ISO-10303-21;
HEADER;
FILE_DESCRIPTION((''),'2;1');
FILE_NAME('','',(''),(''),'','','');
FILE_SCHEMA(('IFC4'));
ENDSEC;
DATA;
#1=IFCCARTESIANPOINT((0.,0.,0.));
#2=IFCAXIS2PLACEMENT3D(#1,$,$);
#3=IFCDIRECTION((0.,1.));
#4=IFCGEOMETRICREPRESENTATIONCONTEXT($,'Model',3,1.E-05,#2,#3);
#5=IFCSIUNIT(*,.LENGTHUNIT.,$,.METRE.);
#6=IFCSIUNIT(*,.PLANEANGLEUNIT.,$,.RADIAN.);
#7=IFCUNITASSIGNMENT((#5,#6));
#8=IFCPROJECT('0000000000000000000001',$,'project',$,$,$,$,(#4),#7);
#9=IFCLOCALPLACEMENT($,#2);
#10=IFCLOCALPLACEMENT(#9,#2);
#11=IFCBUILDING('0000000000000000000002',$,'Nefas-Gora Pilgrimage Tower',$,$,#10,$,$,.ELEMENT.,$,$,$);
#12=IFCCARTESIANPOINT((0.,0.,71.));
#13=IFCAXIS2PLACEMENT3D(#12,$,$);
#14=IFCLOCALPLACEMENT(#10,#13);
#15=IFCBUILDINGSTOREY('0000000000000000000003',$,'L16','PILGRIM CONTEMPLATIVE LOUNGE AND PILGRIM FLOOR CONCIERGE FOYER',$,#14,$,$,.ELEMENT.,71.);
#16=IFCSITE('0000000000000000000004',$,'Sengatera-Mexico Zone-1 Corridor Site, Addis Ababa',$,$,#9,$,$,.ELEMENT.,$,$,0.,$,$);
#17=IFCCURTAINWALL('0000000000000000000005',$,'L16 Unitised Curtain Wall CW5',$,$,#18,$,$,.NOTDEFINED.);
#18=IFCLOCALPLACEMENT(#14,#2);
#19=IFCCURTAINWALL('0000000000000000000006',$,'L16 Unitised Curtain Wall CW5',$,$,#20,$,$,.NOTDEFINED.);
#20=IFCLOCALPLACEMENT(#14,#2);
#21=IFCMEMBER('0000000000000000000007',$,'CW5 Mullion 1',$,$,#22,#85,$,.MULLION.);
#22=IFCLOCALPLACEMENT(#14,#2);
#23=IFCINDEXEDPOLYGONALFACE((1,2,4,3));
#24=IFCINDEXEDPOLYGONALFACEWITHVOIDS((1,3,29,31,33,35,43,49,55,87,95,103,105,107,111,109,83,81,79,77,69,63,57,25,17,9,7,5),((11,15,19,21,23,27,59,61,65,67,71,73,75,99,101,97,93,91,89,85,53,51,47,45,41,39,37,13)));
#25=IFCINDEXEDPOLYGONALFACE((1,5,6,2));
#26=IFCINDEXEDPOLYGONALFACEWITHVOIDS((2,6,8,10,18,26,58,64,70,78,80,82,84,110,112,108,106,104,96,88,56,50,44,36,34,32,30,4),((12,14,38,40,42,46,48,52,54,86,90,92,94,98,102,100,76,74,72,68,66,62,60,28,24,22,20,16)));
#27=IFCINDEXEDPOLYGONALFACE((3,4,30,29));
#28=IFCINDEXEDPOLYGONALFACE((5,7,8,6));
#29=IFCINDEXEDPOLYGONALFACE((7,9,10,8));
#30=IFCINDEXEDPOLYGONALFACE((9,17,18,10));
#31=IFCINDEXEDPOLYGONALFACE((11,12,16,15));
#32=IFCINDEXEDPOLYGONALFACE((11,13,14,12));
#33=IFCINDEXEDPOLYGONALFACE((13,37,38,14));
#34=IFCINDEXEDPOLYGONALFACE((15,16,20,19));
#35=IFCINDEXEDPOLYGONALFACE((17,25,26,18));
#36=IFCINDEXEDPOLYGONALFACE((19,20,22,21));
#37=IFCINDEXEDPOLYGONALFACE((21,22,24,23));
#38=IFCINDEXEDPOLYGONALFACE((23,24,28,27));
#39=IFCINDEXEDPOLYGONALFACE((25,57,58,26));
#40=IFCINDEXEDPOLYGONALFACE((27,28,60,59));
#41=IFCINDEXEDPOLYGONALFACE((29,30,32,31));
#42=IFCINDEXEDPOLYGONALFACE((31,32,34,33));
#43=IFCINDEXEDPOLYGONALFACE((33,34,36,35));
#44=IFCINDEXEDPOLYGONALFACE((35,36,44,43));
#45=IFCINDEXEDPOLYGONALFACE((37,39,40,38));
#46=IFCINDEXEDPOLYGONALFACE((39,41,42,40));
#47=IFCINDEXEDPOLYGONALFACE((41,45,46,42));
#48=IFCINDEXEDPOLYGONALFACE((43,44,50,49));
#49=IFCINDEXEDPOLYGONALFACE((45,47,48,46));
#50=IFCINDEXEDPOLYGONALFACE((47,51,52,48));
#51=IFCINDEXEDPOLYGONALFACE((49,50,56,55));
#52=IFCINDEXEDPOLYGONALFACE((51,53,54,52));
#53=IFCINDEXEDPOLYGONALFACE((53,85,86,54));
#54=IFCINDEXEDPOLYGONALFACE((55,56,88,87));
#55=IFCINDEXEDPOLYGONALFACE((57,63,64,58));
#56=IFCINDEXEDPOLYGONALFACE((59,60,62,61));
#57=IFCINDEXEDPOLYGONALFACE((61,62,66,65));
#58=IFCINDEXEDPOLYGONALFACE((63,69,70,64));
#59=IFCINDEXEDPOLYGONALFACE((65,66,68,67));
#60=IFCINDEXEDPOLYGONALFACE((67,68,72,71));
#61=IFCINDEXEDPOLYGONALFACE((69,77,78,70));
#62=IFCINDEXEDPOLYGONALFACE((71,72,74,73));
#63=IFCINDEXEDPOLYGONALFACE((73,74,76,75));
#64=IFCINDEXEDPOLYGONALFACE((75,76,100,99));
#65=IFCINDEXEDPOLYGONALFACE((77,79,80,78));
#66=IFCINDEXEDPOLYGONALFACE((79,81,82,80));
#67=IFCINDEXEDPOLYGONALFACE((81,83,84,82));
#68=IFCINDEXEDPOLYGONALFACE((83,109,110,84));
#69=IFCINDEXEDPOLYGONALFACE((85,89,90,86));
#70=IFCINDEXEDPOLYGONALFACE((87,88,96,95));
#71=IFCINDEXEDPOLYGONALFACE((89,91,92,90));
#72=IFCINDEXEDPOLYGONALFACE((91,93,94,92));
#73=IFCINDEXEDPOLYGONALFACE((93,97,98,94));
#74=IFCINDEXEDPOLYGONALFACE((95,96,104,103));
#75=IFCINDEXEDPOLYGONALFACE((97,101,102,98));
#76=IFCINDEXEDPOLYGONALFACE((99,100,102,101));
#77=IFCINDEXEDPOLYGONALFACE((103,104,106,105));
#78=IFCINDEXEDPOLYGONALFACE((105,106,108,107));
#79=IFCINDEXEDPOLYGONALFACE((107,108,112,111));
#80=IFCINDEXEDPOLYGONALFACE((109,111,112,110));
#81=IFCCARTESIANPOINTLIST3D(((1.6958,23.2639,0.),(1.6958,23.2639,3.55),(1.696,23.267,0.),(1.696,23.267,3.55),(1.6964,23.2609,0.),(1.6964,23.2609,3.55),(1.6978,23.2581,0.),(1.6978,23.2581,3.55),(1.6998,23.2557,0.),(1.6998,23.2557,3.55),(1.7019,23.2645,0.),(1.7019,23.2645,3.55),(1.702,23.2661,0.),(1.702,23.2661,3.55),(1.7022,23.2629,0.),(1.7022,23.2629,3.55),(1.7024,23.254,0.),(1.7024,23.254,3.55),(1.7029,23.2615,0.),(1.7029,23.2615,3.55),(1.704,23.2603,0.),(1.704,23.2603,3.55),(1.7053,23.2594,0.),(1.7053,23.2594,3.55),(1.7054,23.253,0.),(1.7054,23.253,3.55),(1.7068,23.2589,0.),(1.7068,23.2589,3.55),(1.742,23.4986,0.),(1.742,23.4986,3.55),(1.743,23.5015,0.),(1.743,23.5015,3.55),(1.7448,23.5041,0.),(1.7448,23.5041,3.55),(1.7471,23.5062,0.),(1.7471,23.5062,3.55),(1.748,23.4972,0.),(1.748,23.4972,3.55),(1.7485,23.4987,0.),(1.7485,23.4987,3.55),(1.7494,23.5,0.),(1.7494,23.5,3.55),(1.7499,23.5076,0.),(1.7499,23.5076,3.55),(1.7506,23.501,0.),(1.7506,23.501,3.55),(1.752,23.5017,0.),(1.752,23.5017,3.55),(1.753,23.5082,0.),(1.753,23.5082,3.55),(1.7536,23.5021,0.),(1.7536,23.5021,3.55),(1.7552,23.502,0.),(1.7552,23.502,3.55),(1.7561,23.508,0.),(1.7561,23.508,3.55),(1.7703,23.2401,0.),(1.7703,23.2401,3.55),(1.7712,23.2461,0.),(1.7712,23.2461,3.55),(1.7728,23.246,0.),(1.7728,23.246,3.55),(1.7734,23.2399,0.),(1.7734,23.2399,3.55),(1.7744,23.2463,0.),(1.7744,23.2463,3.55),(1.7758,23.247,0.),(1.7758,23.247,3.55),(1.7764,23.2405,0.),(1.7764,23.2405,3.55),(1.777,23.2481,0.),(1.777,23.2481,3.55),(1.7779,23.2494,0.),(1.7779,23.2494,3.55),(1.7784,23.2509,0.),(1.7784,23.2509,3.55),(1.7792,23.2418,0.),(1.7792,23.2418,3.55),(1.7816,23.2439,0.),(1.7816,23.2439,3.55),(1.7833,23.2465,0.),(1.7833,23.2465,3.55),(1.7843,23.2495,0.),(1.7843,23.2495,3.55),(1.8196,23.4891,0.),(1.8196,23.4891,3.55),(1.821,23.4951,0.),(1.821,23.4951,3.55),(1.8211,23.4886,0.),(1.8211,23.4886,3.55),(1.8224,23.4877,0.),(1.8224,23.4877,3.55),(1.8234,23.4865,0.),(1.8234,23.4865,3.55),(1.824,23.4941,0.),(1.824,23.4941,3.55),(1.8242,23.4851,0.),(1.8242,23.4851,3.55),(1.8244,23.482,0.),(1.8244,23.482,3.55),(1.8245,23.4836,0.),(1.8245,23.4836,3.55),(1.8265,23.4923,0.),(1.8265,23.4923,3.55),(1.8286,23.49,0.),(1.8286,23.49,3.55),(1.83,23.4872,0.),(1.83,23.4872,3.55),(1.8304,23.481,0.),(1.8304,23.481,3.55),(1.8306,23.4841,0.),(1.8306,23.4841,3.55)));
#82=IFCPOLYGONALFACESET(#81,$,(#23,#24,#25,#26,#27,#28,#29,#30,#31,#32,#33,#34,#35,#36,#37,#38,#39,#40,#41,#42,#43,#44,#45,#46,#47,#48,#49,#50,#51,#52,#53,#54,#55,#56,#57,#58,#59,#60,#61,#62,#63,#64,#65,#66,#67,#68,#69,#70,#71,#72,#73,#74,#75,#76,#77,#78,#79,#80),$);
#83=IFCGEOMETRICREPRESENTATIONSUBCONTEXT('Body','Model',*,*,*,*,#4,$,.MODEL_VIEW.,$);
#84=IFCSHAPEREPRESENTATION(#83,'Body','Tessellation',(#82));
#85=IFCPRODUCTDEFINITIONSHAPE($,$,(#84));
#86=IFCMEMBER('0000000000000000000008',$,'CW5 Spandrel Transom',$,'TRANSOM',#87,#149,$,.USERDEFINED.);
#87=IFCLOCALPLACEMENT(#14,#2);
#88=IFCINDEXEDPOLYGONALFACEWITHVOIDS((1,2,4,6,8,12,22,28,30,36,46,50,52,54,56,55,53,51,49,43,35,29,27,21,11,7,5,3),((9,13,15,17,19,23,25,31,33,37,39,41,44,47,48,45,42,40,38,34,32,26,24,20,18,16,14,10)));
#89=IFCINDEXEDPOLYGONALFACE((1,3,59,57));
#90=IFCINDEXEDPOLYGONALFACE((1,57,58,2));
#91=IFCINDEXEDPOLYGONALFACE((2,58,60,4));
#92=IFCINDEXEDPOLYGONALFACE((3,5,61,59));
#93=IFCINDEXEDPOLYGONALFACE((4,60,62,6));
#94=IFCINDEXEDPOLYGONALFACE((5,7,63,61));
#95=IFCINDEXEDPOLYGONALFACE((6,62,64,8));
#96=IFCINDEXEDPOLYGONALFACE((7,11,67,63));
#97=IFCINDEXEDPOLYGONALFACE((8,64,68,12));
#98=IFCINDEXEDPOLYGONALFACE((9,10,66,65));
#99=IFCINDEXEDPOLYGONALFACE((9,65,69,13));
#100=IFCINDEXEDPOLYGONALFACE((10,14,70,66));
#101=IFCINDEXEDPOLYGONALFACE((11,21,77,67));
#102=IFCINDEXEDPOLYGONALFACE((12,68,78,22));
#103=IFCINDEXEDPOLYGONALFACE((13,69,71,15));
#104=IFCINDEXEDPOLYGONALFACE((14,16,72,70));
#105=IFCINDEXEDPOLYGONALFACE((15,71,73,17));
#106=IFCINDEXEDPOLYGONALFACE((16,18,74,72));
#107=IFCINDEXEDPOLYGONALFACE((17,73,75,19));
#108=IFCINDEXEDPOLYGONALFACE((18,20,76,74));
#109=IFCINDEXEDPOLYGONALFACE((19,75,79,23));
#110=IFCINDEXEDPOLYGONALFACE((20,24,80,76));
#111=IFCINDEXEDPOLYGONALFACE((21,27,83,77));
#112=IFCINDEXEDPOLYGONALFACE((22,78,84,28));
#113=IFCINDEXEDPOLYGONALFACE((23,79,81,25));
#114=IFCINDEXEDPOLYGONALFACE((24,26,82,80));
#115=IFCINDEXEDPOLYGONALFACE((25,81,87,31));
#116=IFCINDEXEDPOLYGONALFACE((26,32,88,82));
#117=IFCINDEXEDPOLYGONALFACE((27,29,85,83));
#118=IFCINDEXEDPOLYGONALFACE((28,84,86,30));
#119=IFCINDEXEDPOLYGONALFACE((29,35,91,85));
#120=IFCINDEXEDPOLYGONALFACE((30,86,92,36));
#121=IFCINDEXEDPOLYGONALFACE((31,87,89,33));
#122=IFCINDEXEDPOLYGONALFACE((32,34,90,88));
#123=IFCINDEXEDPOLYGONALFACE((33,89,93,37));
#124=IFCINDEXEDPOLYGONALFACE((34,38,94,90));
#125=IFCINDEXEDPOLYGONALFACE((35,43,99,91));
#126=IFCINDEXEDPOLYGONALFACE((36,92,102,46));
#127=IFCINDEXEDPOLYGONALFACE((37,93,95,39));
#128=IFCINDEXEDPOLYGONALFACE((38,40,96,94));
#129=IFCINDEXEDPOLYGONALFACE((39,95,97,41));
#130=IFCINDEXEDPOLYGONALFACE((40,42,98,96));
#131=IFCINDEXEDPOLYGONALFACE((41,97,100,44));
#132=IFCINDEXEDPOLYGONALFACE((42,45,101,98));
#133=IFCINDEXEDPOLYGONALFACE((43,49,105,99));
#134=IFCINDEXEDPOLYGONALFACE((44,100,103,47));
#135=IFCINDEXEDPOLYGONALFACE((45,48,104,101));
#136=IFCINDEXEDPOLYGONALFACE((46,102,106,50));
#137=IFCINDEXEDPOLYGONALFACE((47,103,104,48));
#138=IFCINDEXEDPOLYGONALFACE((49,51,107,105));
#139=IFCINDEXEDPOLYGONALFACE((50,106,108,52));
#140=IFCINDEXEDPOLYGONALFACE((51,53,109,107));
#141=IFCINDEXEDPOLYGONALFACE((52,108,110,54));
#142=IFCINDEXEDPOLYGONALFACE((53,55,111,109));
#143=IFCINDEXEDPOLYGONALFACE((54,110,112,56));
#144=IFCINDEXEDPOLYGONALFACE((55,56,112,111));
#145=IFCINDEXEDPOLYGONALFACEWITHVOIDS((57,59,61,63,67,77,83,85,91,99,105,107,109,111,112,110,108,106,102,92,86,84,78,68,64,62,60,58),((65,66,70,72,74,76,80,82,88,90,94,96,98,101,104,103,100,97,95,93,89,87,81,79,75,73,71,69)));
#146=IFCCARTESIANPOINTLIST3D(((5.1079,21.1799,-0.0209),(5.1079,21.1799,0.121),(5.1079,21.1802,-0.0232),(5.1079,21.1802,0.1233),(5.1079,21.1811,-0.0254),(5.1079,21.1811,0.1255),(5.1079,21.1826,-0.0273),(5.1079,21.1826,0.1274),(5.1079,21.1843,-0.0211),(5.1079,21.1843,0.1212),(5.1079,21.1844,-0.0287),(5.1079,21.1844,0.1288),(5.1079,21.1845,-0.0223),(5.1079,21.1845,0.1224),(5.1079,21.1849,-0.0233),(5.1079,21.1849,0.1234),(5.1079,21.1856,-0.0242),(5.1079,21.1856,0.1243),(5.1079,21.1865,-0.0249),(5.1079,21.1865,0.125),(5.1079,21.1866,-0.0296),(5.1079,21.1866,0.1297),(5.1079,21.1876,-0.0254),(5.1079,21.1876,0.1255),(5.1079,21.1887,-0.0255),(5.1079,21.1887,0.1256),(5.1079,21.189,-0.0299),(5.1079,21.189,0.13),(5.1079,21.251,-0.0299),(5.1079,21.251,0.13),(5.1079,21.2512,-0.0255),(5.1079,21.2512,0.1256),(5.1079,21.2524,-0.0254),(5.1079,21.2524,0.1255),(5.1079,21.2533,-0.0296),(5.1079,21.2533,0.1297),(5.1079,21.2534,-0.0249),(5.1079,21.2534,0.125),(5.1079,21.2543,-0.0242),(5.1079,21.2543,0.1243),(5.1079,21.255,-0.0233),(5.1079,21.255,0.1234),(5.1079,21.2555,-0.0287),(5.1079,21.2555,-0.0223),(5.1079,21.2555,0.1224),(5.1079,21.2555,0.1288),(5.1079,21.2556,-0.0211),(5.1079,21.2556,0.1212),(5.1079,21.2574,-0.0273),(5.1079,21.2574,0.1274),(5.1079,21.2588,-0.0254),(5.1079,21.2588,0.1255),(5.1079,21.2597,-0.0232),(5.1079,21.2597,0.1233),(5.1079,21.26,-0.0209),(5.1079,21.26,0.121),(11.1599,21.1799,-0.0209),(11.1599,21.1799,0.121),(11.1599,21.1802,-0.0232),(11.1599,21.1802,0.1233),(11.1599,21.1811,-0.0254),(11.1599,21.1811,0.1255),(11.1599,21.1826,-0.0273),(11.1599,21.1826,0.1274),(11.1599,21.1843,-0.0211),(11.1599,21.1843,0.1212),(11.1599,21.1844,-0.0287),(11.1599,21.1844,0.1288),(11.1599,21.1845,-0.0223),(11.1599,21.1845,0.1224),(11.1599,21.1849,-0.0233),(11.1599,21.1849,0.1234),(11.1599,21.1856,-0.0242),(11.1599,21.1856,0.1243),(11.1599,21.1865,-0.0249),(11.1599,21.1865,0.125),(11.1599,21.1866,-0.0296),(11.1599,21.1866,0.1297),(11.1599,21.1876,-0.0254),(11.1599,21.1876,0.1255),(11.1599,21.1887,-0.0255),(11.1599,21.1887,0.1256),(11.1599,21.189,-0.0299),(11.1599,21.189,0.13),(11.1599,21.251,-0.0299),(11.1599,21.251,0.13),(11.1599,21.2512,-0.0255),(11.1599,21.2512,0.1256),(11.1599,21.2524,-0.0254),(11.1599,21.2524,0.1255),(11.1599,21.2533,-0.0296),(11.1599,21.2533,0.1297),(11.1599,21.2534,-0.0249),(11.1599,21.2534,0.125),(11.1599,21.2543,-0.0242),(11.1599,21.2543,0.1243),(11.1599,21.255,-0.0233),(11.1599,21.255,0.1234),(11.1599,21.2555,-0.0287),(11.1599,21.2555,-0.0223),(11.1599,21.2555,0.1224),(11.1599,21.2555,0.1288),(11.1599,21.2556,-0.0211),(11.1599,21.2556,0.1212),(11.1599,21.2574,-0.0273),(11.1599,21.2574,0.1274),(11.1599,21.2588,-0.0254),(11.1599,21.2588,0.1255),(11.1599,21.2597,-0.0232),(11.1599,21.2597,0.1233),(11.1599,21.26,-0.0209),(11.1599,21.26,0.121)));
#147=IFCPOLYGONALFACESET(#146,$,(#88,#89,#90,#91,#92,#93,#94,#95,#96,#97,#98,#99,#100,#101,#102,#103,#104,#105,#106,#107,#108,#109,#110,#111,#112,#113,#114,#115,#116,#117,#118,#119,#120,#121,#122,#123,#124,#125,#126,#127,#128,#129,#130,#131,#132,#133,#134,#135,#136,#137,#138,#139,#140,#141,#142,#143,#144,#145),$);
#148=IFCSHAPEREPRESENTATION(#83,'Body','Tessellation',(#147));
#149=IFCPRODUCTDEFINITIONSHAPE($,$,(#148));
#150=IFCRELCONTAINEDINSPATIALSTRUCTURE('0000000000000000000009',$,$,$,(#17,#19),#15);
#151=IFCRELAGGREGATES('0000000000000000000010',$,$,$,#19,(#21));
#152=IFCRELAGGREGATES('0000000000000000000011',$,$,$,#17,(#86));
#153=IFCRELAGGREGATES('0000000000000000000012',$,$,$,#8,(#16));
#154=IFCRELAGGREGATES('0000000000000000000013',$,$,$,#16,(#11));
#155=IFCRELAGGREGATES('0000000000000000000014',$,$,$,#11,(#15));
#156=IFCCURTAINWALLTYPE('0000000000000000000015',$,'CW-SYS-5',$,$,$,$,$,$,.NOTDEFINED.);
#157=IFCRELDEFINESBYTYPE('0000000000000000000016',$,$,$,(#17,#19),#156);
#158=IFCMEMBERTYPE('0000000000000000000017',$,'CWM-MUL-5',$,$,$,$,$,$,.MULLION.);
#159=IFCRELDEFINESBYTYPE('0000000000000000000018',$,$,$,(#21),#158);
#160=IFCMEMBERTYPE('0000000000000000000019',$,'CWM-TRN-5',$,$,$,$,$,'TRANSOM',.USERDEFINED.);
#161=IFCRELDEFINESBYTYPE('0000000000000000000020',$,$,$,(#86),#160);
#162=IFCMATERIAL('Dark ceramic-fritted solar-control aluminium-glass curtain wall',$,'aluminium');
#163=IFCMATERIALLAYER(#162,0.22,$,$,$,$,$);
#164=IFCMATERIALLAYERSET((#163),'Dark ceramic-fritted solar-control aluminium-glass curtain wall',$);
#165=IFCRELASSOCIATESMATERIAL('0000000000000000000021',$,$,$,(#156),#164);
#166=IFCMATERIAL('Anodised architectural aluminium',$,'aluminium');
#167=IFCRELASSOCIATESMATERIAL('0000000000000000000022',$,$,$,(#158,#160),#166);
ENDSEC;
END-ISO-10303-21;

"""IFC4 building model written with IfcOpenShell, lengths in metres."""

from ifc_helpers import new_model, si_unit, direction, frame, origin, origin_2d, place, context, subcontext, project, spatial, hollow_rectangle, extrude, source, transform, mapped, material, layer, layer_set, material_profile, profile_set, type_object, element, aggregate, save


model = new_model("IFC4")

# Units and contexts
model_context = context("Model", 3, precision=1e-05, world=origin(), true_north=direction((0.0, 1.0)))
body_context = subcontext(model_context, "Body", "Model", "MODEL_VIEW")
ifc_project = project(units=[si_unit("LENGTHUNIT", "METRE"), si_unit("PLANEANGLEUNIT", "RADIAN")], contexts=[model_context])

# Site, building, storey
site_placement = place(None, origin())
site = spatial("IfcSite", under=ifc_project, at=site_placement, Name="Sengatera-Mexico Zone-1 Corridor Site, Addis Ababa", CompositionType="ELEMENT", RefElevation=0.0)
building_placement = place(site_placement, origin())
building = spatial("IfcBuilding", under=site, at=building_placement, Name="Nefas-Gora Pilgrimage Tower", CompositionType="ELEMENT")
storey_placement = place(building_placement, frame((0.0, 0.0, 71.0)))
storey = spatial("IfcBuildingStorey", under=building, at=storey_placement, Name="L16", Description="PILGRIM CONTEMPLATIVE LOUNGE AND PILGRIM FLOOR CONCIERGE FOYER", CompositionType="ELEMENT", Elevation=71.0)

# Curtain wall
ifc_material_1 = material(Name="Dark ceramic-fritted solar-control aluminium-glass curtain wall", Category="aluminium")
ifc_layer_1 = layer(ifc_material_1, 0.22)
ifc_layer_set_1 = layer_set([ifc_layer_1], Name="Dark ceramic-fritted solar-control aluminium-glass curtain wall")
curtain_wall_type_1 = type_object("IfcCurtainWallType", Name="CW-SYS-5", PredefinedType="NOTDEFINED", material=ifc_layer_set_1)
curtain_wall_1_placement = place(storey_placement, origin())
curtain_wall_1 = element("IfcCurtainWall", 1, at=curtain_wall_1_placement, inside=storey, type_object=curtain_wall_type_1, Name="L16 Unitised Curtain Wall CW5", PredefinedType="NOTDEFINED")
ifc_material_2 = material(Name="Anodised architectural aluminium", Category="aluminium")
ifc_material_profile_1 = material_profile(ifc_material_2, hollow_rectangle(XDim=0.0901, YDim=0.26, WallThickness=0.0061, InnerFilletRadius=0.0061, OuterFilletRadius=0.012, at=origin_2d()), Name="ALU MULLION 90x260")
ifc_profile_set_1 = profile_set([ifc_material_profile_1], Name="Anodised architectural aluminium")
member_type_1 = type_object("IfcMemberType", Name="CWM-MUL-5", PredefinedType="MULLION", material=ifc_profile_set_1)
shared_shape_1 = source(origin(), body_context, "Body", "SweptSolid", [
    extrude(hollow_rectangle(XDim=0.0901, YDim=0.26, WallThickness=0.0061, InnerFilletRadius=0.0061, OuterFilletRadius=0.012, at=origin_2d()), origin(), (0.0, 0.0, 1.0), 3.55),
])

# Curtain wall, member
curtain_wall_2_placement = place(storey_placement, origin())
curtain_wall_2 = element("IfcCurtainWall", 2, at=curtain_wall_2_placement, inside=storey, type_object=curtain_wall_type_1, Name="L16 Unitised Curtain Wall CW5", PredefinedType="NOTDEFINED")
member_1_placement = place(storey_placement, frame((1.7632, 23.374, 0.0), z_axis=(0.0, 0.0, 1.0), x_axis=(-0.980783, 0.195102, 0.0)))
member_1 = element("IfcMember", 3, at=member_1_placement, type_object=member_type_1, Name="CW5 Mullion 1", PredefinedType="MULLION", context=body_context, shape_type="MappedRepresentation", body=[
    mapped(shared_shape_1, transform((0.0, 0.0, 0.0), x_axis=(1.0, 0.0, 0.0), y_axis=(0.0, 1.0, 0.0), z_axis=(0.0, 0.0, 1.0), scale=1.0)),
])

# Member
ifc_material_profile_2 = material_profile(ifc_material_2, hollow_rectangle(XDim=0.0801, YDim=0.1599, WallThickness=0.0044, InnerFilletRadius=0.0044, OuterFilletRadius=0.009, at=origin_2d()), Name="ALU TRANSOM 80x160")
ifc_profile_set_2 = profile_set([ifc_material_profile_2], Name="Anodised architectural aluminium")
member_type_2 = type_object("IfcMemberType", Name="CWM-TRN-5", ElementType="TRANSOM", PredefinedType="USERDEFINED", material=ifc_profile_set_2)
shared_shape_2 = source(origin(), body_context, "Body", "SweptSolid", [
    extrude(hollow_rectangle(XDim=0.0801, YDim=0.1599, WallThickness=0.0044, InnerFilletRadius=0.0044, OuterFilletRadius=0.009, at=origin_2d()), origin(), (0.0, 0.0, 1.0), 6.052),
])
member_2_placement = place(storey_placement, frame((11.1599, 21.22, 0.05), z_axis=(-1.0, 0.0, 0.0), x_axis=(0.0, -1.0, 0.0)))
member_2 = element("IfcMember", 4, at=member_2_placement, type_object=member_type_2, Name="CW5 Spandrel Transom", ObjectType="TRANSOM", PredefinedType="USERDEFINED", context=body_context, shape_type="MappedRepresentation", body=[
    mapped(shared_shape_2, transform((0.0, 0.0, 0.0), x_axis=(1.0, 0.0, 0.0), y_axis=(0.0, 1.0, 0.0), z_axis=(0.0, 0.0, 1.0), scale=1.0)),
])

aggregate(curtain_wall_2, [member_1])

aggregate(curtain_wall_1, [member_2])

save(model, "model.ifc")
